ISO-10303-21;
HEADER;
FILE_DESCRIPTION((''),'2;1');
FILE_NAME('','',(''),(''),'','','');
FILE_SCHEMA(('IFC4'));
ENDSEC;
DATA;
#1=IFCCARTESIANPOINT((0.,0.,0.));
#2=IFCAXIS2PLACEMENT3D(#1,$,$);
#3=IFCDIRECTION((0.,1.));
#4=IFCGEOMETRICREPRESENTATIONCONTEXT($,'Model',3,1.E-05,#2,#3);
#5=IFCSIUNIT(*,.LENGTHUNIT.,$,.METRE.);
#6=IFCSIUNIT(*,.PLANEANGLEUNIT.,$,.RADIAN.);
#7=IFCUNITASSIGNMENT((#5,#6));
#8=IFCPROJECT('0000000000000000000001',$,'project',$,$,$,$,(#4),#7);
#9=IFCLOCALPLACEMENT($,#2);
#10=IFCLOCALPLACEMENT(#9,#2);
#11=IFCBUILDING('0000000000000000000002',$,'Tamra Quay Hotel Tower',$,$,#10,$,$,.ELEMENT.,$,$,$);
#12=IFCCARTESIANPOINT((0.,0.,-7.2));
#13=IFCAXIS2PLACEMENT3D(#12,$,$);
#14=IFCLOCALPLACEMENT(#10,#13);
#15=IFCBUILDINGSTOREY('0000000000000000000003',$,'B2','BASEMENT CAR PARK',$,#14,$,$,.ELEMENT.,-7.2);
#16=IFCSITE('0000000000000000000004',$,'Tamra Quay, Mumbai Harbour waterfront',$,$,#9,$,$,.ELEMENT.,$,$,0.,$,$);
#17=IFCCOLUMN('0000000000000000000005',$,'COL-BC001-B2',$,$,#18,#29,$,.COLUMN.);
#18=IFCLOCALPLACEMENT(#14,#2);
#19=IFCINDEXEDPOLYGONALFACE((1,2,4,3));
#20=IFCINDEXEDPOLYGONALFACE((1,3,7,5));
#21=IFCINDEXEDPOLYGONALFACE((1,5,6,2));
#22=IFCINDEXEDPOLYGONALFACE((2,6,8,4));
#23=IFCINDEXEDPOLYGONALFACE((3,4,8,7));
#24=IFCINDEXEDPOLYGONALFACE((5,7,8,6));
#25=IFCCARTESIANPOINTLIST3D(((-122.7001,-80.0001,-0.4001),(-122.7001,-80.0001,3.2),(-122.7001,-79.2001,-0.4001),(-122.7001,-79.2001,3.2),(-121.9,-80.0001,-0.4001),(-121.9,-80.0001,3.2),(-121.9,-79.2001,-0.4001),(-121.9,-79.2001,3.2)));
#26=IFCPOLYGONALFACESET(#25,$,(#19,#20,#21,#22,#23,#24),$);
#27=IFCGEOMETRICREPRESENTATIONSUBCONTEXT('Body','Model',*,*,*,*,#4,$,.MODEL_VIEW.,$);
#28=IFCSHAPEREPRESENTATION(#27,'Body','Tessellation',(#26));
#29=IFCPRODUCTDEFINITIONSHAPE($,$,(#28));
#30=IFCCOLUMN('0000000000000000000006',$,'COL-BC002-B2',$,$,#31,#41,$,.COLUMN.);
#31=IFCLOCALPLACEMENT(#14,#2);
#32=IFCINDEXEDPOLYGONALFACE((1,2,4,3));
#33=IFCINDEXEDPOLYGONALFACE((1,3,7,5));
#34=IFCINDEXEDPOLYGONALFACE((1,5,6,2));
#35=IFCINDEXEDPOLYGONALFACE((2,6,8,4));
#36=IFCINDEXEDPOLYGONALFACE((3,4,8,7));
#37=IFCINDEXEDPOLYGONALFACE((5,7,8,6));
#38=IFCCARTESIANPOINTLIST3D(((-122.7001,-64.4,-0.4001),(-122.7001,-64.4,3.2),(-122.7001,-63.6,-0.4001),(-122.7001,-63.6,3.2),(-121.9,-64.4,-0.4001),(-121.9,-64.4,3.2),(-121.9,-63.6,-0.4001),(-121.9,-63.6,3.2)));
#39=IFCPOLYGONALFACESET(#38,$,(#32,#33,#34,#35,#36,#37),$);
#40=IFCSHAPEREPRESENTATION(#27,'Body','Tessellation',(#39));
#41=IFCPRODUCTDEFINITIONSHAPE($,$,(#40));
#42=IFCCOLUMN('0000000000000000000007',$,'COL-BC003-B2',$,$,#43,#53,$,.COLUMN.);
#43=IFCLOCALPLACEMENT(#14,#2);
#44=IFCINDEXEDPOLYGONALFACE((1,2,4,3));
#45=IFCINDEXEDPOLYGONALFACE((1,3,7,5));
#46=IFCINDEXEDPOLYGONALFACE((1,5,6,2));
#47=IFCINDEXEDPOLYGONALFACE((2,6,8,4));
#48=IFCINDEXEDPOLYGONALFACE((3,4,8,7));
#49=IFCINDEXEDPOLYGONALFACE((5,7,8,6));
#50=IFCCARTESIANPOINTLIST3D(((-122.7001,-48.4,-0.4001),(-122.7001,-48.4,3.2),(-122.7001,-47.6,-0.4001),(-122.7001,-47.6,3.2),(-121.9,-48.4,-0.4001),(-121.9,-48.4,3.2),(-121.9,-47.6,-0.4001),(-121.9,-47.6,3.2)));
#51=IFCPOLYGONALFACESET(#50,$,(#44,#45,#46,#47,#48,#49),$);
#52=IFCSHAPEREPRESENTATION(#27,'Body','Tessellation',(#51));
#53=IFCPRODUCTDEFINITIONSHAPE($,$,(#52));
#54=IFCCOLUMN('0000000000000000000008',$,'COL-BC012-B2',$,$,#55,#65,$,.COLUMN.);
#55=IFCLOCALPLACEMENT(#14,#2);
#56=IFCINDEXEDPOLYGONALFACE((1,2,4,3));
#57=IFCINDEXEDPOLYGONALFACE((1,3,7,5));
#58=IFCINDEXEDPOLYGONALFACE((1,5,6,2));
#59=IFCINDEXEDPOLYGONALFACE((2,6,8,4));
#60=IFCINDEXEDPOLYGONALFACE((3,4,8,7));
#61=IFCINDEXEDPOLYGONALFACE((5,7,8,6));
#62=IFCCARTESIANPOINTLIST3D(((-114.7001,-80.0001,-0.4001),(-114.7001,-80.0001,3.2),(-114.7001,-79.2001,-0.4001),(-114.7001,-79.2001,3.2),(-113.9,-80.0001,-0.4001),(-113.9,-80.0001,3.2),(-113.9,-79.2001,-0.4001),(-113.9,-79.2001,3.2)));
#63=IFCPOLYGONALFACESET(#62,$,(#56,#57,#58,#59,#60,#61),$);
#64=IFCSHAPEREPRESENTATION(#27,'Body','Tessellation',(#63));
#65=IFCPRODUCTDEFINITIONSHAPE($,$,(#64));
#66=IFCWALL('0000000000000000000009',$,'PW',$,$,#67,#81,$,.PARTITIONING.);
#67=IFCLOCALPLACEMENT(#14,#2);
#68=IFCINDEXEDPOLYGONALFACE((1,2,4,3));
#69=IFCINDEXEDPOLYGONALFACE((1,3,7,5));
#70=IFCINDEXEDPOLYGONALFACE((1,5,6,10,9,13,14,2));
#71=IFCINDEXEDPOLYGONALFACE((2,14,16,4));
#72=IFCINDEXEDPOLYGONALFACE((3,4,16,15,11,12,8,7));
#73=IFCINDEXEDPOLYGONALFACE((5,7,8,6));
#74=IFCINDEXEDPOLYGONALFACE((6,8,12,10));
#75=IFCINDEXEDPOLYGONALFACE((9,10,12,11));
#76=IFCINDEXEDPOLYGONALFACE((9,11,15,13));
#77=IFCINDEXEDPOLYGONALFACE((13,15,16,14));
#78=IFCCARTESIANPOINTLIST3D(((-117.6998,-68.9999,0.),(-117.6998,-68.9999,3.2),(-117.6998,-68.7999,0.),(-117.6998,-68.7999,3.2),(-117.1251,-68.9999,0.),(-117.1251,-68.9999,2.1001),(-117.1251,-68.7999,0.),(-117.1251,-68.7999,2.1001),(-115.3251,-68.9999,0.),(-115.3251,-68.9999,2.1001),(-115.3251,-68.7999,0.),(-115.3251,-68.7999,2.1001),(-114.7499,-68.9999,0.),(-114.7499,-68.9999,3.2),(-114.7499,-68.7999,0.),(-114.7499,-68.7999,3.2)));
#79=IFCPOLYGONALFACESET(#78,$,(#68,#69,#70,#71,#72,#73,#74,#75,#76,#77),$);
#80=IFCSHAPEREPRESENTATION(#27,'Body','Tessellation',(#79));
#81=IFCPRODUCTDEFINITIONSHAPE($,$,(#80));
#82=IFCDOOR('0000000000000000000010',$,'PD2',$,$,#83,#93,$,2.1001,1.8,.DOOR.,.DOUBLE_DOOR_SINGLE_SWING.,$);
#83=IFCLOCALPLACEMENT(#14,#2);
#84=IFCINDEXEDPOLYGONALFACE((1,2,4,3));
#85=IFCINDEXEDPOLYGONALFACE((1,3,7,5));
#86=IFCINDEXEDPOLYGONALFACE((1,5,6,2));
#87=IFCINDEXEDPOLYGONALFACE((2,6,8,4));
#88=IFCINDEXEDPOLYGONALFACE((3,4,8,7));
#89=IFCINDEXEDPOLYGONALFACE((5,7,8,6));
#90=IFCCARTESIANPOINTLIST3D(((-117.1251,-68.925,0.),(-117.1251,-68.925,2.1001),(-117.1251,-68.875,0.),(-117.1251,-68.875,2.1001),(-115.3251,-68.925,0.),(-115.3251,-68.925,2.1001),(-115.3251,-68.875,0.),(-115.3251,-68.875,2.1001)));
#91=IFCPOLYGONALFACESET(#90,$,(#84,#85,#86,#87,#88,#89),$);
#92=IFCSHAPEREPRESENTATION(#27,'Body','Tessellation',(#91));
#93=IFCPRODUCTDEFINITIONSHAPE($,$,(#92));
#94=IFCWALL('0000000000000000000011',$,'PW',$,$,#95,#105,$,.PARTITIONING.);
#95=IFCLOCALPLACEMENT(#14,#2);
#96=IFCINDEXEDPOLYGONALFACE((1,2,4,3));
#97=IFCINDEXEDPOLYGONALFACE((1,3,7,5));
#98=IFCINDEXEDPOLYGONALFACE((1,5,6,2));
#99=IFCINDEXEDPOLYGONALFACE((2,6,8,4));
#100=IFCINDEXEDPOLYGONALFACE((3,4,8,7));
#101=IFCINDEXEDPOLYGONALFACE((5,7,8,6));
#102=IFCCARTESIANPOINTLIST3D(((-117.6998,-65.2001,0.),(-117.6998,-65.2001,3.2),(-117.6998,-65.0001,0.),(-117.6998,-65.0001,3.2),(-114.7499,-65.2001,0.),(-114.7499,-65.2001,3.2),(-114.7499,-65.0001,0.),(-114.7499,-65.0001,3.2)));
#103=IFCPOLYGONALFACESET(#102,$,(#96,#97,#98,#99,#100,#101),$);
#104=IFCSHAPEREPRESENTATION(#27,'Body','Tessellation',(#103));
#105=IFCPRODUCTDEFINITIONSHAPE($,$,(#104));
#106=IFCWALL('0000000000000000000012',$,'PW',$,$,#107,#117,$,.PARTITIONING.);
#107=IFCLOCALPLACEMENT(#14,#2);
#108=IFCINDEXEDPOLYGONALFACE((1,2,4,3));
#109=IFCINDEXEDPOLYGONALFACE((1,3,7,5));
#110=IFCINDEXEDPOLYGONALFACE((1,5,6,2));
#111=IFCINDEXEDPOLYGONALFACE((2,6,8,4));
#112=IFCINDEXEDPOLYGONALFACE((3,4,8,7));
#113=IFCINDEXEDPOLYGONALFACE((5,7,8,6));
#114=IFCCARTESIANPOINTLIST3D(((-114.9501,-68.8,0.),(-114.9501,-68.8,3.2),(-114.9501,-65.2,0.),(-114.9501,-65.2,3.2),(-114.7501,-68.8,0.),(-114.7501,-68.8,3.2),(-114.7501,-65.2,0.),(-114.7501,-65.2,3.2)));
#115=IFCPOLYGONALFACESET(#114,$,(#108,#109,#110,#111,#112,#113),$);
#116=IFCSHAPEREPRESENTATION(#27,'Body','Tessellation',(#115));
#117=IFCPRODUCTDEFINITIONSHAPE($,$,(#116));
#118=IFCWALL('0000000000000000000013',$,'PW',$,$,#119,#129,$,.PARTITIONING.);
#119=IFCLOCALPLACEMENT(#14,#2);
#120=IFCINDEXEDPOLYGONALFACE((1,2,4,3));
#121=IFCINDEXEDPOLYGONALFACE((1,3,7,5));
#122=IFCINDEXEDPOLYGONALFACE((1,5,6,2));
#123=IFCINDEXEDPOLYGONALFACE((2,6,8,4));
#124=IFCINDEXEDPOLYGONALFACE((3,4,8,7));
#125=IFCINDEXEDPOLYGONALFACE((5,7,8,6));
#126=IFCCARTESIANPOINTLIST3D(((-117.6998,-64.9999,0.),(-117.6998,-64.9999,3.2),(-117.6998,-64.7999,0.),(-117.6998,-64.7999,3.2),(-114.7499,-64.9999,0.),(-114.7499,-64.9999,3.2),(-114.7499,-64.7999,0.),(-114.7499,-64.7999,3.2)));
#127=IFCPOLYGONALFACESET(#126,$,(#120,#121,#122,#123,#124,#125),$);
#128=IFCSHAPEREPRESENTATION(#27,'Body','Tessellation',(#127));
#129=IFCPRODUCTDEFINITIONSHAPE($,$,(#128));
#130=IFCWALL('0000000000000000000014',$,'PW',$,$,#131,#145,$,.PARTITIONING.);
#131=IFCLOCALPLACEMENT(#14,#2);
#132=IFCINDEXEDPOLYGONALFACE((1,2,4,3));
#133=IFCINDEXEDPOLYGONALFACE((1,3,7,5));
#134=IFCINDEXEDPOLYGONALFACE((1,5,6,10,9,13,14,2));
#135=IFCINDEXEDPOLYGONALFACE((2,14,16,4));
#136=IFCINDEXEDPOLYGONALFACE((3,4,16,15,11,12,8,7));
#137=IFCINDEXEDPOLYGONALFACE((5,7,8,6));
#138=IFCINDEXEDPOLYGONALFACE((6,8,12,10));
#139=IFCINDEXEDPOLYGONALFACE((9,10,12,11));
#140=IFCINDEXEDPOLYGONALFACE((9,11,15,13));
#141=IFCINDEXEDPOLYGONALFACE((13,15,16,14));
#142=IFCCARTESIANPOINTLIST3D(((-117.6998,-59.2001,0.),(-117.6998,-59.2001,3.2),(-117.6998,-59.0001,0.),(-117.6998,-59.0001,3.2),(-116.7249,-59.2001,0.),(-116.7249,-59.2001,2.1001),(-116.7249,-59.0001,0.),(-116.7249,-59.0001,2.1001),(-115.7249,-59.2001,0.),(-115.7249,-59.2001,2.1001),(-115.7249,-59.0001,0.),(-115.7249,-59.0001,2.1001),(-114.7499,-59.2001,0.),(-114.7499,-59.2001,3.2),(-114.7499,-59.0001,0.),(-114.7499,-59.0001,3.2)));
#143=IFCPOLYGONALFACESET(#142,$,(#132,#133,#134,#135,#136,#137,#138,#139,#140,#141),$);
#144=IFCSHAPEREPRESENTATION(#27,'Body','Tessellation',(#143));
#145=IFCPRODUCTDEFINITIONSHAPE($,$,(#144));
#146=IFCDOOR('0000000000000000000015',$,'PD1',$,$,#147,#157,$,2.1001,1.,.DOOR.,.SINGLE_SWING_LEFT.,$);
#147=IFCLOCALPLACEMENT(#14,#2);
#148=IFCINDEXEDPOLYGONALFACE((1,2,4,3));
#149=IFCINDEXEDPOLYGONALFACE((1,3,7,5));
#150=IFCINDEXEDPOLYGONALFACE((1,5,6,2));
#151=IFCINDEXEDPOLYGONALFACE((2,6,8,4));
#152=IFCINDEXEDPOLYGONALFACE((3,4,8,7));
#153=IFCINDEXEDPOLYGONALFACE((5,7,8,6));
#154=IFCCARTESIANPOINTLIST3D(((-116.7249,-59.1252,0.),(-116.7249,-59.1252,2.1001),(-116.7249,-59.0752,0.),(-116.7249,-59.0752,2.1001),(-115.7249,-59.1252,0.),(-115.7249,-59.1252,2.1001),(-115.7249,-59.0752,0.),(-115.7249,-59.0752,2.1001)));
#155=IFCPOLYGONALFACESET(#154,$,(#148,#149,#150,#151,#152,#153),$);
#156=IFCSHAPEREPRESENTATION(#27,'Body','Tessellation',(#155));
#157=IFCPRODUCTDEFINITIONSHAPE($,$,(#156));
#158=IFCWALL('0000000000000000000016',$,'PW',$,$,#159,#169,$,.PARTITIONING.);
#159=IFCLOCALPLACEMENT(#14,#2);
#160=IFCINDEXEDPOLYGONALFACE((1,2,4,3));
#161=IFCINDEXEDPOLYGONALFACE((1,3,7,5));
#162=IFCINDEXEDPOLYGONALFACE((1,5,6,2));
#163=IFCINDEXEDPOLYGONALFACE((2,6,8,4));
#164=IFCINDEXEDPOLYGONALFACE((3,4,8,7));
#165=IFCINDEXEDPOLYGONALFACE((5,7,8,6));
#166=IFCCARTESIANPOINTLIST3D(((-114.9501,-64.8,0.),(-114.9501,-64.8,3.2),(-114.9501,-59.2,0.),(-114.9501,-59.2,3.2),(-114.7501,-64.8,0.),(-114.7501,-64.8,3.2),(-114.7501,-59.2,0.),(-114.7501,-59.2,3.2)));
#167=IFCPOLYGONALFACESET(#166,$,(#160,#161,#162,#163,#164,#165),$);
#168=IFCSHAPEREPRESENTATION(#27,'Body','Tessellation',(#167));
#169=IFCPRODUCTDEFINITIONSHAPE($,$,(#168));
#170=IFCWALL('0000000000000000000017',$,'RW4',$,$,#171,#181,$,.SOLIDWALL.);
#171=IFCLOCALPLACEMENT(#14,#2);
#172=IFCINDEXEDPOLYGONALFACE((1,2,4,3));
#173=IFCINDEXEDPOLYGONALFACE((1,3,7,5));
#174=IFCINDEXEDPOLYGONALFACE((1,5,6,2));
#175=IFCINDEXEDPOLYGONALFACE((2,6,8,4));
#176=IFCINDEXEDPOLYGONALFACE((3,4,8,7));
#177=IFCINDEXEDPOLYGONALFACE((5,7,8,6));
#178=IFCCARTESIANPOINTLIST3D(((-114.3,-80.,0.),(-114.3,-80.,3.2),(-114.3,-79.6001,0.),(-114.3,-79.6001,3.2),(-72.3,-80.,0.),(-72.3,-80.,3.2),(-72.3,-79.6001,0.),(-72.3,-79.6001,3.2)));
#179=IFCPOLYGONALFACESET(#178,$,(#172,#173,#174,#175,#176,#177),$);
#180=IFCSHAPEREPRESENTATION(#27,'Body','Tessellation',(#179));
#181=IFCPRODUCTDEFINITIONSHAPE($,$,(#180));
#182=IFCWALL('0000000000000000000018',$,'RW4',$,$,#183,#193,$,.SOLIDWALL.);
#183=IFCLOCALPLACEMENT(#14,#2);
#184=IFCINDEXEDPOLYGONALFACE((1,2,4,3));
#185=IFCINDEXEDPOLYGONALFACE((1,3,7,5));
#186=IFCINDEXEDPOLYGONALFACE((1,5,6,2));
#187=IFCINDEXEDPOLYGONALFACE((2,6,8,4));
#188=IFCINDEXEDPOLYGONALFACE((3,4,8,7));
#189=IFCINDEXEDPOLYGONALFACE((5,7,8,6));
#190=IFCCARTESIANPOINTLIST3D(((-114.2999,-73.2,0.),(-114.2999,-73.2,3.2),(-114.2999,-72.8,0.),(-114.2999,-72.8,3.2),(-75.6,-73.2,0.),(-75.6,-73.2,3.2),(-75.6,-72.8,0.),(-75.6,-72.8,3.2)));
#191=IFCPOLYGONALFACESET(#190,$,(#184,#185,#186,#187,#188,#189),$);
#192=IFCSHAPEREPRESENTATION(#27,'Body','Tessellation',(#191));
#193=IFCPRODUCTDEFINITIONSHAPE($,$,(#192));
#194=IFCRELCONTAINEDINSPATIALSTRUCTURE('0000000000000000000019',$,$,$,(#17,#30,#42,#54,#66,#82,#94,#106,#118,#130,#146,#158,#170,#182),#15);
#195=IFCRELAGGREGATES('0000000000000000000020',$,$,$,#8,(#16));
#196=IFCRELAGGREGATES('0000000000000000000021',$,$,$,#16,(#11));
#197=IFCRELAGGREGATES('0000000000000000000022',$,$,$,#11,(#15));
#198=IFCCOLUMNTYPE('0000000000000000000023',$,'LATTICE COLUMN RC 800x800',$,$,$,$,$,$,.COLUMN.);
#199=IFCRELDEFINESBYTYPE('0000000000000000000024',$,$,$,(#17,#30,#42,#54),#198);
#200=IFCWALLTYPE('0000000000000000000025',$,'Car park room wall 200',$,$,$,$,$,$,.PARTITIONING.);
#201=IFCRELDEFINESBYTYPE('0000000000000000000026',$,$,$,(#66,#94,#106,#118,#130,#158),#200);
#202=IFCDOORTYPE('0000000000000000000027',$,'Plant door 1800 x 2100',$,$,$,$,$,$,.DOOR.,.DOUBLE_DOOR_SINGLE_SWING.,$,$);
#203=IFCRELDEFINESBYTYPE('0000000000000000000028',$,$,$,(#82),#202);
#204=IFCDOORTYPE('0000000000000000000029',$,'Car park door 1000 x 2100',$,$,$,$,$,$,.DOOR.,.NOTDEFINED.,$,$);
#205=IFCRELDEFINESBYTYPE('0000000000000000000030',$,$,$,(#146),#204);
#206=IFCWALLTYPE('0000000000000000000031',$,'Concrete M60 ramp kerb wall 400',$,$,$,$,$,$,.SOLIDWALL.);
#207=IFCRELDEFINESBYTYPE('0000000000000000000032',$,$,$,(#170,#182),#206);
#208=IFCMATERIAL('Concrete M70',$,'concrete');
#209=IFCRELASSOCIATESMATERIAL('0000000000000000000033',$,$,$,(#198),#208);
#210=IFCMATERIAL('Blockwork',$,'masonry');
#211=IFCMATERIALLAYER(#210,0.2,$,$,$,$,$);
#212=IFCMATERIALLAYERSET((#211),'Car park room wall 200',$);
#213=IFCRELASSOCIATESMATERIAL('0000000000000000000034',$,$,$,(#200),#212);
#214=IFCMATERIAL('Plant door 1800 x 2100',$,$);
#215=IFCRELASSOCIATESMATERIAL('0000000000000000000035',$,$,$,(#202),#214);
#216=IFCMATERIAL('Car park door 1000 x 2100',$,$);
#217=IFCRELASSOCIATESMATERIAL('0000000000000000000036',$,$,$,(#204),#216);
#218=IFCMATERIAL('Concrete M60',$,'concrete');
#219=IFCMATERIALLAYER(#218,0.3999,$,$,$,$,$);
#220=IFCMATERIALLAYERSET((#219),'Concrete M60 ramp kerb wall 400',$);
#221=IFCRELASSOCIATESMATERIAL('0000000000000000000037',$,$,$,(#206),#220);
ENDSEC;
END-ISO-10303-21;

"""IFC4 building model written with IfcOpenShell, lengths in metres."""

from ifc_helpers import new_model, si_unit, direction, frame, frame_2d, origin, origin_2d, place, context, subcontext, project, spatial, rectangle, extrude, material, layer, layer_set, material_profile, profile_set, type_object, element, fill, save


model = new_model("IFC4")

# Units and contexts
model_context = context("Model", 3, precision=1e-05, world=origin(), true_north=direction((0.0, 1.0)))
body_context = subcontext(model_context, "Body", "Model", "MODEL_VIEW")
ifc_project = project(units=[si_unit("LENGTHUNIT", "METRE"), si_unit("PLANEANGLEUNIT", "RADIAN")], contexts=[model_context])

# Site, building, storey
site_placement = place(None, origin())
site = spatial("IfcSite", under=ifc_project, at=site_placement, Name="Tamra Quay, Mumbai Harbour waterfront", CompositionType="ELEMENT", RefElevation=0.0)
building_placement = place(site_placement, origin())
building = spatial("IfcBuilding", under=site, at=building_placement, Name="Tamra Quay Hotel Tower", CompositionType="ELEMENT")
storey_placement = place(building_placement, frame((0.0, 0.0, -7.2)))
storey = spatial("IfcBuildingStorey", under=building, at=storey_placement, Name="B2", Description="BASEMENT CAR PARK", CompositionType="ELEMENT", Elevation=-7.2)

# Columns
ifc_material_1 = material(Name="Concrete M70", Category="concrete")
ifc_material_profile = material_profile(ifc_material_1, rectangle(XDim=0.8, YDim=0.8, at=origin_2d()), Name="LATTICE COLUMN RC 800x800")
ifc_profile_set = profile_set([ifc_material_profile], Name="Concrete M70")
column_type = type_object("IfcColumnType", Name="LATTICE COLUMN RC 800x800", PredefinedType="COLUMN", material=ifc_profile_set)
for number, where, z_axis, x_axis, name in (
    (1, (-122.3, -79.6001, -0.4001), (0.0, 0.0, 1.0), (1.0, 0.0, 0.0), "COL-BC001-B2"),
    (2, (-122.3, -64.0, -0.4001), (0.0, 0.0, 1.0), (1.0, 0.0, 0.0), "COL-BC002-B2"),
    (3, (-122.3, -48.0, -0.4001), (0.0, 0.0, 1.0), (1.0, 0.0, 0.0), "COL-BC003-B2"),
    (4, (-114.3, -79.6001, -0.4001), (0.0, 0.0, 1.0), (1.0, 0.0, 0.0), "COL-BC012-B2"),
):
    element("IfcColumn", number, at=place(storey_placement, frame(where, z_axis=z_axis, x_axis=x_axis)), inside=storey, type_object=column_type, Name=name, PredefinedType="COLUMN", context=body_context, shape_type="SweptSolid", body=[
        extrude(rectangle(XDim=0.8, YDim=0.8, at=origin_2d()), origin(), (0.0, 0.0, 1.0), 3.6001),
    ])

# Wall, opening, door
ifc_material_2 = material(Name="Blockwork", Category="masonry")
ifc_layer_1 = layer(ifc_material_2, 0.2)
ifc_layer_set_1 = layer_set([ifc_layer_1], Name="Car park room wall 200")
wall_type_1 = type_object("IfcWallType", Name="Car park room wall 200", PredefinedType="PARTITIONING", material=ifc_layer_set_1)
wall_1_placement = place(storey_placement, frame((-117.7, -68.8999, 0.0), z_axis=(0.0, 0.0, 1.0), x_axis=(1.0, 0.0, 0.0)))
wall_1 = element("IfcWall", 5, at=wall_1_placement, inside=storey, type_object=wall_type_1, Name="PW", PredefinedType="PARTITIONING", context=body_context, shape_type="SweptSolid", body=[
    extrude(rectangle(XDim=2.95, YDim=0.2, at=frame_2d((1.4751, 0.0))), origin(), (0.0, 0.0, 1.0), 3.2),
])
opening_1_placement = place(wall_1_placement, frame((0.575, 0.0, 0.0)))
opening_1 = element("IfcOpeningElement", 6, at=opening_1_placement, cuts=wall_1, PredefinedType="OPENING", context=body_context, shape_type="SweptSolid", body=[
    extrude(rectangle(XDim=1.8, YDim=2.1001, at=frame_2d((0.8999, 1.05))), frame((0.0, 0.1099, 0.0), z_axis=(0.0, -1.0, 0.0), x_axis=(1.0, 0.0, 0.0)), (0.0, 0.0, 1.0), 0.22),
])
ifc_material_3 = material(Name="Plant door 1800 x 2100")
door_type_1 = type_object("IfcDoorType", Name="Plant door 1800 x 2100", OperationType="DOUBLE_DOOR_SINGLE_SWING", PredefinedType="DOOR", material=ifc_material_3)
door_1_placement = place(opening_1_placement, origin())
door_1 = element("IfcDoor", 7, at=door_1_placement, inside=storey, type_object=door_type_1, Name="PD2", OperationType="DOUBLE_DOOR_SINGLE_SWING", OverallHeight=2.1001, OverallWidth=1.8, PredefinedType="DOOR", context=body_context, shape_type="SweptSolid", body=[
    extrude(rectangle(XDim=1.8, YDim=2.1001, at=frame_2d((0.8999, 1.05))), frame((0.0, 0.0249, 0.0), z_axis=(0.0, -1.0, 0.0), x_axis=(1.0, 0.0, 0.0)), (0.0, 0.0, 1.0), 0.05),
])
fill(opening_1, door_1)

# Walls
wall_2_placement = place(storey_placement, frame((-117.7, -65.1001, 0.0), z_axis=(0.0, 0.0, 1.0), x_axis=(1.0, 0.0, 0.0)))
element("IfcWall", 8, at=wall_2_placement, inside=storey, type_object=wall_type_1, Name="PW", PredefinedType="PARTITIONING", context=body_context, shape_type="SweptSolid", body=[
    extrude(rectangle(XDim=2.95, YDim=0.2, at=frame_2d((1.4751, 0.0))), origin(), (0.0, 0.0, 1.0), 3.2),
])
wall_3_placement = place(storey_placement, frame((-114.8501, -68.8, 0.0), z_axis=(0.0, 0.0, 1.0), x_axis=(0.0, 1.0, 0.0)))
element("IfcWall", 9, at=wall_3_placement, inside=storey, type_object=wall_type_1, Name="PW", PredefinedType="PARTITIONING", context=body_context, shape_type="SweptSolid", body=[
    extrude(rectangle(XDim=3.6001, YDim=0.2, at=frame_2d((1.8, 0.0))), origin(), (0.0, 0.0, 1.0), 3.2),
])
wall_4_placement = place(storey_placement, frame((-117.7, -64.8999, 0.0), z_axis=(0.0, 0.0, 1.0), x_axis=(1.0, 0.0, 0.0)))
element("IfcWall", 10, at=wall_4_placement, inside=storey, type_object=wall_type_1, Name="PW", PredefinedType="PARTITIONING", context=body_context, shape_type="SweptSolid", body=[
    extrude(rectangle(XDim=2.95, YDim=0.2, at=frame_2d((1.4751, 0.0))), origin(), (0.0, 0.0, 1.0), 3.2),
])

# Wall, opening, door
wall_5_placement = place(storey_placement, frame((-117.7, -59.1001, 0.0), z_axis=(0.0, 0.0, 1.0), x_axis=(1.0, 0.0, 0.0)))
wall_5 = element("IfcWall", 11, at=wall_5_placement, inside=storey, type_object=wall_type_1, Name="PW", PredefinedType="PARTITIONING", context=body_context, shape_type="SweptSolid", body=[
    extrude(rectangle(XDim=2.95, YDim=0.2, at=frame_2d((1.4751, 0.0))), origin(), (0.0, 0.0, 1.0), 3.2),
])
opening_2_placement = place(wall_5_placement, frame((0.9751, 0.0, 0.0)))
opening_2 = element("IfcOpeningElement", 12, at=opening_2_placement, cuts=wall_5, PredefinedType="OPENING", context=body_context, shape_type="SweptSolid", body=[
    extrude(rectangle(XDim=1.0, YDim=2.1001, at=frame_2d((0.5, 1.05))), frame((0.0, 0.1099, 0.0), z_axis=(0.0, -1.0, 0.0), x_axis=(1.0, 0.0, 0.0)), (0.0, 0.0, 1.0), 0.22),
])
ifc_material_4 = material(Name="Car park door 1000 x 2100")
door_type_2 = type_object("IfcDoorType", Name="Car park door 1000 x 2100", OperationType="NOTDEFINED", PredefinedType="DOOR", material=ifc_material_4)
door_2_placement = place(opening_2_placement, origin())
door_2 = element("IfcDoor", 13, at=door_2_placement, inside=storey, type_object=door_type_2, Name="PD1", OperationType="SINGLE_SWING_LEFT", OverallHeight=2.1001, OverallWidth=1.0, PredefinedType="DOOR", context=body_context, shape_type="SweptSolid", body=[
    extrude(rectangle(XDim=1.0, YDim=2.1001, at=frame_2d((0.5, 1.05))), frame((0.0, 0.0249, 0.0), z_axis=(0.0, -1.0, 0.0), x_axis=(1.0, 0.0, 0.0)), (0.0, 0.0, 1.0), 0.05),
])
fill(opening_2, door_2)

# Walls
wall_6_placement = place(storey_placement, frame((-114.8501, -64.8, 0.0), z_axis=(0.0, 0.0, 1.0), x_axis=(0.0, 1.0, 0.0)))
element("IfcWall", 14, at=wall_6_placement, inside=storey, type_object=wall_type_1, Name="PW", PredefinedType="PARTITIONING", context=body_context, shape_type="SweptSolid", body=[
    extrude(rectangle(XDim=5.6001, YDim=0.2, at=frame_2d((2.8, 0.0))), origin(), (0.0, 0.0, 1.0), 3.2),
])
ifc_material_5 = material(Name="Concrete M60", Category="concrete")
ifc_layer_2 = layer(ifc_material_5, 0.3999)
ifc_layer_set_2 = layer_set([ifc_layer_2], Name="Concrete M60 ramp kerb wall 400")
wall_type_2 = type_object("IfcWallType", Name="Concrete M60 ramp kerb wall 400", PredefinedType="SOLIDWALL", material=ifc_layer_set_2)
wall_7_placement = place(storey_placement, frame((-114.3, -79.8, 0.0), z_axis=(0.0, 0.0, 1.0), x_axis=(1.0, 0.0, 0.0)))
element("IfcWall", 15, at=wall_7_placement, inside=storey, type_object=wall_type_2, Name="RW4", PredefinedType="SOLIDWALL", context=body_context, shape_type="SweptSolid", body=[
    extrude(rectangle(XDim=42.0, YDim=0.3999, at=frame_2d((21.0, 0.0))), origin(), (0.0, 0.0, 1.0), 3.2),
])
for number, where, z_axis, x_axis, name in (
    (16, (-114.3, -73.0, 0.0), (0.0, 0.0, 1.0), (1.0, 0.0, 0.0), "RW4"),
):
    element("IfcWall", number, at=place(storey_placement, frame(where, z_axis=z_axis, x_axis=x_axis)), inside=storey, type_object=wall_type_2, Name=name, PredefinedType="SOLIDWALL", context=body_context, shape_type="SweptSolid", body=[
        extrude(rectangle(XDim=38.7, YDim=0.3999, at=frame_2d((19.3501, 0.0))), origin(), (0.0, 0.0, 1.0), 3.2),
    ])

save(model, "model.ifc")
